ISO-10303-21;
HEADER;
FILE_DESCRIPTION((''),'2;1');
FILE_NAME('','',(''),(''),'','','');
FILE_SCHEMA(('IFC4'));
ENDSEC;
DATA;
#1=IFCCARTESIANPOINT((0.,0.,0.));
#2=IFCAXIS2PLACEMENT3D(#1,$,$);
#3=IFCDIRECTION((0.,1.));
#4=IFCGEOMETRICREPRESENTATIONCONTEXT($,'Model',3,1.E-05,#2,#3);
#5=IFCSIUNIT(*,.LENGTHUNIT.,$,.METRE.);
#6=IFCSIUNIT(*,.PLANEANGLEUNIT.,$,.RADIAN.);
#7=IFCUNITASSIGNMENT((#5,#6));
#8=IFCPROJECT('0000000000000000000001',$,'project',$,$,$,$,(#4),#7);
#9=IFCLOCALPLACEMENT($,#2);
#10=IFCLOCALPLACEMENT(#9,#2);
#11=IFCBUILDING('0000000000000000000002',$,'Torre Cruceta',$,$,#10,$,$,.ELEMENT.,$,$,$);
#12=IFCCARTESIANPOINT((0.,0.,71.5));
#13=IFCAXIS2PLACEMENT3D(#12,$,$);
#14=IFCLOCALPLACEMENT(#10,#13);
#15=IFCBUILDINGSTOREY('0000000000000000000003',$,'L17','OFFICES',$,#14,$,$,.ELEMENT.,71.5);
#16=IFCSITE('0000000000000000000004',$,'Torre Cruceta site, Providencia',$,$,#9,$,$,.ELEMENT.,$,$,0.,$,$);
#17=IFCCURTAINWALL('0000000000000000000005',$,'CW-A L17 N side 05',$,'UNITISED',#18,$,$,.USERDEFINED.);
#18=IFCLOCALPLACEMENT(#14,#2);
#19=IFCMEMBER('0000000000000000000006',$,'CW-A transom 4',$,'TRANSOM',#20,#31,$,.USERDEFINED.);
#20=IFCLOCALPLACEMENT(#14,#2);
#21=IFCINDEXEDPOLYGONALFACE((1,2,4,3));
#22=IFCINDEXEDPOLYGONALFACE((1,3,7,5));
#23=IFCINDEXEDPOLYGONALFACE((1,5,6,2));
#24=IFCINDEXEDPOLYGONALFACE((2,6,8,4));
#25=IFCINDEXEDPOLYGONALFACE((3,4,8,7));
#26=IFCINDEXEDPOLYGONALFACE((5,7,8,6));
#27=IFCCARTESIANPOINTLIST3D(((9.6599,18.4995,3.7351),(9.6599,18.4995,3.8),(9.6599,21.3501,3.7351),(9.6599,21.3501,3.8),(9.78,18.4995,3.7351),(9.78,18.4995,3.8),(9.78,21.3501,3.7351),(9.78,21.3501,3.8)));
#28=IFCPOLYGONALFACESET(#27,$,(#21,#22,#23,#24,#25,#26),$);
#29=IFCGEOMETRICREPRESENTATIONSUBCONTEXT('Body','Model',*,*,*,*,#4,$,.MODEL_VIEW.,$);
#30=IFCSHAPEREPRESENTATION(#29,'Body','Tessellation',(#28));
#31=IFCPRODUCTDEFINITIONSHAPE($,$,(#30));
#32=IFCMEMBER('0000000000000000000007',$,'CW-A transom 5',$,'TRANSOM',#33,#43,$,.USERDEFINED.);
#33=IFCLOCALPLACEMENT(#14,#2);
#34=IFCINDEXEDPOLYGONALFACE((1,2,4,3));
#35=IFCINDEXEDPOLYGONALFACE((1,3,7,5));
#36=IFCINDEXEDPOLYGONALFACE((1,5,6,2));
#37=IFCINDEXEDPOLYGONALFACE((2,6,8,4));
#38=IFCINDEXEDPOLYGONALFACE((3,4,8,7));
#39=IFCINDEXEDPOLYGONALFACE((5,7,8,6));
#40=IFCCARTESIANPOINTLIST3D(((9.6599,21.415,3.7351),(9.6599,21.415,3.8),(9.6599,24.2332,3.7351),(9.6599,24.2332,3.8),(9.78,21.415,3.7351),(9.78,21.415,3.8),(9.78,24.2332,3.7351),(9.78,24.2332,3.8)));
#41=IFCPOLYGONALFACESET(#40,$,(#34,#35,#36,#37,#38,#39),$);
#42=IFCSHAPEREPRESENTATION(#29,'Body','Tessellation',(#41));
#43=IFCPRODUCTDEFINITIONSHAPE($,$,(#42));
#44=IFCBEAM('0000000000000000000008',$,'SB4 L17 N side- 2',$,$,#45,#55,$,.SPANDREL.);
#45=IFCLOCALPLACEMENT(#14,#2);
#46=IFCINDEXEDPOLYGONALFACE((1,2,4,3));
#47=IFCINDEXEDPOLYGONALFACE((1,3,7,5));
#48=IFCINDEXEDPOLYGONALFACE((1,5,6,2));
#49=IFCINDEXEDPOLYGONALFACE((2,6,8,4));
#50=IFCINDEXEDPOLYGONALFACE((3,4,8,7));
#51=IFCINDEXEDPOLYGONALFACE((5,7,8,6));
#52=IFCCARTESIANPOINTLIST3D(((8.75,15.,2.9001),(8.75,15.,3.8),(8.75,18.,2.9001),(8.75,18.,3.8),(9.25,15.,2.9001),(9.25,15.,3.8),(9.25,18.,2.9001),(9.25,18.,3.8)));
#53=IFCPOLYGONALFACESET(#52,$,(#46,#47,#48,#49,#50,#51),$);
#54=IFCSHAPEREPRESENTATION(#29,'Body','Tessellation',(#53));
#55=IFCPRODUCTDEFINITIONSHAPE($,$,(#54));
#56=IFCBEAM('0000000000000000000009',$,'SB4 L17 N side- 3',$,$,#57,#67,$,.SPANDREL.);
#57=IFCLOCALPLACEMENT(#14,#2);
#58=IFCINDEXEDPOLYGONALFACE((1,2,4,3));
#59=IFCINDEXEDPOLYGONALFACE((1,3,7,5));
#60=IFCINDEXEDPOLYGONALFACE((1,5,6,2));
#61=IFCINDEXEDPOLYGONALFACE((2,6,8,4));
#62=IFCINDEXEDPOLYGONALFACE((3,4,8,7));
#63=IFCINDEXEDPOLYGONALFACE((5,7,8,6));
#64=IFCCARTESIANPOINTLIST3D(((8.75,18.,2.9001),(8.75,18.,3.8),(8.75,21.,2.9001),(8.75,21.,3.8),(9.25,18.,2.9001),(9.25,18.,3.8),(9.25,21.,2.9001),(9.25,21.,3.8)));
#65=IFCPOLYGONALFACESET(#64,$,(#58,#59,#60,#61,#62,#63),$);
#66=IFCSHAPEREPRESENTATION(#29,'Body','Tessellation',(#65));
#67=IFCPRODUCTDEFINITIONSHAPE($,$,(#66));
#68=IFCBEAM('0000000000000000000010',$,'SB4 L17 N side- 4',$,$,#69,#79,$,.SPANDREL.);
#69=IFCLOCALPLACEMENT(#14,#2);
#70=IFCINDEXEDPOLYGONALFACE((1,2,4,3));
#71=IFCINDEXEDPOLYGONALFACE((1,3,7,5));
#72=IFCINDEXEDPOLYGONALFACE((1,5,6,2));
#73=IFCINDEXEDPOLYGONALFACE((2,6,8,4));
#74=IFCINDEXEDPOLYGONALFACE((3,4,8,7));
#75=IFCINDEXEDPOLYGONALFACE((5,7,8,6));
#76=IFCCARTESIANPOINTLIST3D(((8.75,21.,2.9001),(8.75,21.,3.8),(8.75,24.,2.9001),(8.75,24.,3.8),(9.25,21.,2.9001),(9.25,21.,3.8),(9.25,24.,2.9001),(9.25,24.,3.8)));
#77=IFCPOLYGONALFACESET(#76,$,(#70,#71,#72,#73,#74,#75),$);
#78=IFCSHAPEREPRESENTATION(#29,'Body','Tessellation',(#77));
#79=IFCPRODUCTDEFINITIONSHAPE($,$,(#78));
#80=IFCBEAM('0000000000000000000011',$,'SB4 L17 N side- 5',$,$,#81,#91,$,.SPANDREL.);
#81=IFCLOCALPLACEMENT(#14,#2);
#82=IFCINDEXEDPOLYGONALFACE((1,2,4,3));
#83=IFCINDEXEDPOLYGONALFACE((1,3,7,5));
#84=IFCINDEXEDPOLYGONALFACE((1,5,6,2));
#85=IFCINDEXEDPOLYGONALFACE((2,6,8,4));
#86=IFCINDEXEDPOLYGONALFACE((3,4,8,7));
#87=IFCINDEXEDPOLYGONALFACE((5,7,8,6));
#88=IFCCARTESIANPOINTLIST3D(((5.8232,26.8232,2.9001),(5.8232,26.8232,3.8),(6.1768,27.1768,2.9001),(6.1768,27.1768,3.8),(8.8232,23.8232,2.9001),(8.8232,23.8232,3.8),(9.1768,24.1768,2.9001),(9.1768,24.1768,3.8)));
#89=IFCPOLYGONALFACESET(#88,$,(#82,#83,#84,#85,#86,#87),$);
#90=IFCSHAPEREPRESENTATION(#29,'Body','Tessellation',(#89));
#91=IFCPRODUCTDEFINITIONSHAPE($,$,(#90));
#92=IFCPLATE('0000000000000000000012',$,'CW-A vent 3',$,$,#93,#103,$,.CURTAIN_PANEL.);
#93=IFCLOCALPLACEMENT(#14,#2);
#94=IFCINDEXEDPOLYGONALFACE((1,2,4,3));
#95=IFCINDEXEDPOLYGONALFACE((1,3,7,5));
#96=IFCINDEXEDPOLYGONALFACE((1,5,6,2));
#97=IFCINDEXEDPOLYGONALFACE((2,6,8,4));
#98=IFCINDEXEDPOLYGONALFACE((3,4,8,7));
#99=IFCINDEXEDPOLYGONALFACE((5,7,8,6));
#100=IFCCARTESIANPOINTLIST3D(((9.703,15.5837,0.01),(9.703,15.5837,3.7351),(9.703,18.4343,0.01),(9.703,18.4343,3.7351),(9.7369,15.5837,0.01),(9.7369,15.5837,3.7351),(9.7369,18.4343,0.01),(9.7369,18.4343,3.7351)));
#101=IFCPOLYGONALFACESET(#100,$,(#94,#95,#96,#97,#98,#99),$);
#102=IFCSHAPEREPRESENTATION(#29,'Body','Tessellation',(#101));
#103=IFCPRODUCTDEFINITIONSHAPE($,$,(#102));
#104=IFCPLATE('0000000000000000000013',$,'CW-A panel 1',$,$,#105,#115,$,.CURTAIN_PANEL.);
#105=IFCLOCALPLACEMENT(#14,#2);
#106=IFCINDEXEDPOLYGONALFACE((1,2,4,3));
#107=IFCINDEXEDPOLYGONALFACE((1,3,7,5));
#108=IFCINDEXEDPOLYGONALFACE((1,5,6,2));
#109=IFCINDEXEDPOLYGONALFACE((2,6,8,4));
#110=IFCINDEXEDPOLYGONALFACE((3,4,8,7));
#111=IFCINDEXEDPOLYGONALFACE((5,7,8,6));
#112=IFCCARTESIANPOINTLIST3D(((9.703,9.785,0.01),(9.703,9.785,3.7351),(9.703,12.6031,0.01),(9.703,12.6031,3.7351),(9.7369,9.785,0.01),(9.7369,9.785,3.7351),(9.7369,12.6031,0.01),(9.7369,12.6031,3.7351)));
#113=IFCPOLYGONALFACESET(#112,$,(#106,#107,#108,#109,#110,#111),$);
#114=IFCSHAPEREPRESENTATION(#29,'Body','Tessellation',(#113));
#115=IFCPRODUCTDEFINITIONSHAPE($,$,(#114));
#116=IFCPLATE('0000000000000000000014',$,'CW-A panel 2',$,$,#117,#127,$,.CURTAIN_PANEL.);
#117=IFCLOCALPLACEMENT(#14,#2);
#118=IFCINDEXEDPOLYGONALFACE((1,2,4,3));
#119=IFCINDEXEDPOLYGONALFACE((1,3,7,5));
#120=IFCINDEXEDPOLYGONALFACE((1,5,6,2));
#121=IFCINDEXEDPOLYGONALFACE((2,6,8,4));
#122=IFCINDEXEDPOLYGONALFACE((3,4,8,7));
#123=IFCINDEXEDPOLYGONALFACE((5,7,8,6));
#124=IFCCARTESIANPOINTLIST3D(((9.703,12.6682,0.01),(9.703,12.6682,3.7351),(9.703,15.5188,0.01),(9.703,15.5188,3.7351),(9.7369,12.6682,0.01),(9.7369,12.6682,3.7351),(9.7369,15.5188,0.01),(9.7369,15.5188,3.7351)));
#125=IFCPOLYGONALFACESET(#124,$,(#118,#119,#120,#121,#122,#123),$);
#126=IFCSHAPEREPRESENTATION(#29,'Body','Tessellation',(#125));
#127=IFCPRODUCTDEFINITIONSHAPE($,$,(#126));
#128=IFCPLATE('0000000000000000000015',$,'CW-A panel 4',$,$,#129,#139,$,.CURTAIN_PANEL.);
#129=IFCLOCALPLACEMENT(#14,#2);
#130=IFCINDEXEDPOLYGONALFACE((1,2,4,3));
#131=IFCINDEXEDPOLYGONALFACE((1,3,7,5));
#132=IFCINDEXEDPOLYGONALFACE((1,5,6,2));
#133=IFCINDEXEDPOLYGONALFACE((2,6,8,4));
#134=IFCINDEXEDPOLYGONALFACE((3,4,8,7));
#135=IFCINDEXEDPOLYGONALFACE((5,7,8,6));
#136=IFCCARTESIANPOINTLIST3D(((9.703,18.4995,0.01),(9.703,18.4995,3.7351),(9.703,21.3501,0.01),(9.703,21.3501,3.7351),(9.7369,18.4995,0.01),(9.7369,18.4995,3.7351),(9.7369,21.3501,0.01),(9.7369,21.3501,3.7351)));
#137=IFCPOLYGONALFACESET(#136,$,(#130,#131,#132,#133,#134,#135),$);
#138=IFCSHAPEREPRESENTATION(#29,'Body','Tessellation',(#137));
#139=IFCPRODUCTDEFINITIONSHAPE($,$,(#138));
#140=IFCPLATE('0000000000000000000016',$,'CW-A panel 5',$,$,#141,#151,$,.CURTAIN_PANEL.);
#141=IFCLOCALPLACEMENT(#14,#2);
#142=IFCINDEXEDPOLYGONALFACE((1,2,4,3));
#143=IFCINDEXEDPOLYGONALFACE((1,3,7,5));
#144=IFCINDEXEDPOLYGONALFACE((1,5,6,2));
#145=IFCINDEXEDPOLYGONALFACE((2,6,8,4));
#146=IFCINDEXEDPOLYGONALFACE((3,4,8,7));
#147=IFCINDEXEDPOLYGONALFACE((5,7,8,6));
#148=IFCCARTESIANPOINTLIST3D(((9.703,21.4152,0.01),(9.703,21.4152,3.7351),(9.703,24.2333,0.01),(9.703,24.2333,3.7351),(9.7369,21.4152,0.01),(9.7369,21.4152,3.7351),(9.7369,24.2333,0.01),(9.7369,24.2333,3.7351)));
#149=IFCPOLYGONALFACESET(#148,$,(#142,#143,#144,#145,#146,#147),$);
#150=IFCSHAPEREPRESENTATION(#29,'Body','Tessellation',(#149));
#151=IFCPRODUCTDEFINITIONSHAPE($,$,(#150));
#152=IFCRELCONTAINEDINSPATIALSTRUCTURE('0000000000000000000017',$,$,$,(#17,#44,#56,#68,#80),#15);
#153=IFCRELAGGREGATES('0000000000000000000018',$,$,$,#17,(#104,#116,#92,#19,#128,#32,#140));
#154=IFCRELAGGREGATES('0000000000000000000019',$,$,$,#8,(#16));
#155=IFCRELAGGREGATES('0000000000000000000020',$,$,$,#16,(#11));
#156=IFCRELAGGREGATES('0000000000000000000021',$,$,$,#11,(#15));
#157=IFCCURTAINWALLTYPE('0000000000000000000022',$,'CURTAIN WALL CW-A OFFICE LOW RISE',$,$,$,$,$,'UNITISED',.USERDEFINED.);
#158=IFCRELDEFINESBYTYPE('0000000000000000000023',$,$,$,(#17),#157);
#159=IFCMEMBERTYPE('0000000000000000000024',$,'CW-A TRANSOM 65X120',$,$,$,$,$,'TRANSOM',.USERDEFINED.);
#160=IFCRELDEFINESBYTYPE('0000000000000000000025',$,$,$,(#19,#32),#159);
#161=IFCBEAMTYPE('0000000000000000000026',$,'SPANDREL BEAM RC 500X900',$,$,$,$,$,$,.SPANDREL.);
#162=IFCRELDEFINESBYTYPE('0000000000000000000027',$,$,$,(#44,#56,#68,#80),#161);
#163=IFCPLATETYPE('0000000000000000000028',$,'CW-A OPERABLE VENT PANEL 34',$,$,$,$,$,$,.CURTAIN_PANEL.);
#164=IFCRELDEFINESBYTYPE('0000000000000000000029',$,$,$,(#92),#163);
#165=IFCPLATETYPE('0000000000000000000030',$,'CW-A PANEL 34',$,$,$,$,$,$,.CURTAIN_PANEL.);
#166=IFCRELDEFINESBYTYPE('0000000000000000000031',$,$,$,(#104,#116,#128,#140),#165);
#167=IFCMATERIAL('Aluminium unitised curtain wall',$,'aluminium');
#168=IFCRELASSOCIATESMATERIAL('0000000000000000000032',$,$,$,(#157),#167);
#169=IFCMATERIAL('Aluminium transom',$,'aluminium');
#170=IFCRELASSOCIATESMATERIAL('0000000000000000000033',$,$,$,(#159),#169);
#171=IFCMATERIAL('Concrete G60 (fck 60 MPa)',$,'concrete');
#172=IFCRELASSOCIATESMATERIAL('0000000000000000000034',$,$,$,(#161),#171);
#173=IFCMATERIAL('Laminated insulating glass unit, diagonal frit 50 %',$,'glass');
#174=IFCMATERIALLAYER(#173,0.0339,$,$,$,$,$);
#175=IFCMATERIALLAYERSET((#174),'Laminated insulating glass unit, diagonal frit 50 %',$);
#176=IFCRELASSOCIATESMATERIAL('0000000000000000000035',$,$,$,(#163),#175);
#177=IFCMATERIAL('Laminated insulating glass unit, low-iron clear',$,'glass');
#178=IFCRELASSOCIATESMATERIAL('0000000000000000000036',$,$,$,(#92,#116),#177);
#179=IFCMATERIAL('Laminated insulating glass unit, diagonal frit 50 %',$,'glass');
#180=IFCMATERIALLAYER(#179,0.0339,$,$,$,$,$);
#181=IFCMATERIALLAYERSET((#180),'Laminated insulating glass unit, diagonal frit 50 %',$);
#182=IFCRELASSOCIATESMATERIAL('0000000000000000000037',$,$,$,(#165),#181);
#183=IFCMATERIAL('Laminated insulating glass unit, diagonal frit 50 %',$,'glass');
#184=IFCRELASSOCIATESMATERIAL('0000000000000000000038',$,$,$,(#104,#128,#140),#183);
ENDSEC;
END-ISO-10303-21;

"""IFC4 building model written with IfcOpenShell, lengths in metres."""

from ifc_helpers import new_model, si_unit, direction, frame, origin, origin_2d, place, context, subcontext, project, spatial, rectangle, extrude, material, layer, layer_set, material_profile, profile_set, type_object, element, aggregate, save


model = new_model("IFC4")

# Units and contexts
model_context = context("Model", 3, precision=1e-05, world=origin(), true_north=direction((0.0, 1.0)))
body_context = subcontext(model_context, "Body", "Model", "MODEL_VIEW")
ifc_project = project(units=[si_unit("LENGTHUNIT", "METRE"), si_unit("PLANEANGLEUNIT", "RADIAN")], contexts=[model_context])

# Site, building, storey
site_placement = place(None, origin())
site = spatial("IfcSite", under=ifc_project, at=site_placement, Name="Torre Cruceta site, Providencia", CompositionType="ELEMENT", RefElevation=0.0)
building_placement = place(site_placement, origin())
building = spatial("IfcBuilding", under=site, at=building_placement, Name="Torre Cruceta", CompositionType="ELEMENT")
storey_placement = place(building_placement, frame((0.0, 0.0, 71.5)))
storey = spatial("IfcBuildingStorey", under=building, at=storey_placement, Name="L17", Description="OFFICES", CompositionType="ELEMENT", Elevation=71.5)

# Shared definitions
ifc_material_1 = material(Name="Aluminium unitised curtain wall", Category="aluminium")
curtain_wall_type = type_object("IfcCurtainWallType", Name="CURTAIN WALL CW-A OFFICE LOW RISE", ElementType="UNITISED", PredefinedType="USERDEFINED", material=ifc_material_1)

# Curtain wall
curtain_wall_1_placement = place(storey_placement, origin())
curtain_wall_1 = element("IfcCurtainWall", 1, at=curtain_wall_1_placement, inside=storey, type_object=curtain_wall_type, Name="CW-A L17 N side 05", ObjectType="UNITISED", PredefinedType="USERDEFINED")

# Members
ifc_material_2 = material(Name="Aluminium transom", Category="aluminium")
ifc_material_profile_1 = material_profile(ifc_material_2, rectangle(XDim=0.1201, YDim=0.0649, at=origin_2d()), Name="AL 120X65")
ifc_profile_set_1 = profile_set([ifc_material_profile_1], Name="Aluminium transom")
member_type_1 = type_object("IfcMemberType", Name="CW-A TRANSOM 65X120", ElementType="TRANSOM", PredefinedType="USERDEFINED", material=ifc_profile_set_1)
member_1_placement = place(storey_placement, frame((9.72, 18.4995, 3.7676), z_axis=(0.0, 1.0, 0.0), x_axis=(-1.0, 0.0, 0.0)))
member_1 = element("IfcMember", 2, at=member_1_placement, type_object=member_type_1, Name="CW-A transom 4", ObjectType="TRANSOM", PredefinedType="USERDEFINED", context=body_context, shape_type="SweptSolid", body=[
    extrude(rectangle(XDim=0.1201, YDim=0.0649, at=origin_2d()), origin(), (0.0, 0.0, 1.0), 2.8506),
])
member_2_placement = place(storey_placement, frame((9.72, 21.415, 3.7676), z_axis=(0.0, 1.0, 0.0), x_axis=(-1.0, 0.0, 0.0)))
member_2 = element("IfcMember", 3, at=member_2_placement, type_object=member_type_1, Name="CW-A transom 5", ObjectType="TRANSOM", PredefinedType="USERDEFINED", context=body_context, shape_type="SweptSolid", body=[
    extrude(rectangle(XDim=0.1201, YDim=0.0649, at=origin_2d()), origin(), (0.0, 0.0, 1.0), 2.8181),
])

# Beams
ifc_material_3 = material(Name="Concrete G60 (fck 60 MPa)", Category="concrete")
ifc_material_profile_2 = material_profile(ifc_material_3, rectangle(XDim=0.5, YDim=0.8999, at=origin_2d()), Name="RC 500X900")
ifc_profile_set_2 = profile_set([ifc_material_profile_2], Name="Concrete G60 (fck 60 MPa)")
beam_type_1 = type_object("IfcBeamType", Name="SPANDREL BEAM RC 500X900", PredefinedType="SPANDREL", material=ifc_profile_set_2)
for number, where, z_axis, x_axis, name in (
    (4, (9.0, 15.0, 3.3501), (0.0, 1.0, 0.0), (-1.0, 0.0, 0.0), "SB4 L17 N side- 2"),
    (5, (9.0, 18.0, 3.3501), (0.0, 1.0, 0.0), (-1.0, 0.0, 0.0), "SB4 L17 N side- 3"),
    (6, (9.0, 21.0, 3.3501), (0.0, 1.0, 0.0), (-1.0, 0.0, 0.0), "SB4 L17 N side- 4"),
):
    element("IfcBeam", number, at=place(storey_placement, frame(where, z_axis=z_axis, x_axis=x_axis)), inside=storey, type_object=beam_type_1, Name=name, PredefinedType="SPANDREL", context=body_context, shape_type="SweptSolid", body=[
        extrude(rectangle(XDim=0.5, YDim=0.8999, at=origin_2d()), origin(), (0.0, 0.0, 1.0), 3.0),
    ])
beam_placement = place(storey_placement, frame((9.0, 24.0, 3.3501), z_axis=(-0.707107, 0.707107, 0.0), x_axis=(-0.707107, -0.707107, 0.0)))
element("IfcBeam", 7, at=beam_placement, inside=storey, type_object=beam_type_1, Name="SB4 L17 N side- 5", PredefinedType="SPANDREL", context=body_context, shape_type="SweptSolid", body=[
    extrude(rectangle(XDim=0.5, YDim=0.8999, at=origin_2d()), origin(), (0.0, 0.0, 1.0), 4.2427),
])

# Plates
ifc_material_4 = material(Name="Laminated insulating glass unit, low-iron clear", Category="glass")
ifc_material_5 = material(Name="Laminated insulating glass unit, diagonal frit 50 %", Category="glass")
ifc_layer_1 = layer(ifc_material_5, 0.0339)
ifc_layer_set_1 = layer_set([ifc_layer_1], Name="Laminated insulating glass unit, diagonal frit 50 %")
plate_type_1 = type_object("IfcPlateType", Name="CW-A OPERABLE VENT PANEL 34", PredefinedType="CURTAIN_PANEL", material=ifc_layer_set_1)
plate_1_placement = place(storey_placement, frame((9.72, 17.009, 0.01), z_axis=(0.0, 0.0, 1.0), x_axis=(0.0, 1.0, 0.0)))
plate_1 = element("IfcPlate", 8, at=plate_1_placement, type_object=plate_type_1, material=ifc_material_4, Name="CW-A vent 3", PredefinedType="CURTAIN_PANEL", context=body_context, shape_type="SweptSolid", body=[
    extrude(rectangle(XDim=2.8506, YDim=0.0339, at=origin_2d()), origin(), (0.0, 0.0, 1.0), 3.7251),
])
ifc_material_6 = material(Name="Laminated insulating glass unit, diagonal frit 50 %", Category="glass")
ifc_material_7 = material(Name="Laminated insulating glass unit, diagonal frit 50 %", Category="glass")
ifc_layer_2 = layer(ifc_material_7, 0.0339)
ifc_layer_set_2 = layer_set([ifc_layer_2], Name="Laminated insulating glass unit, diagonal frit 50 %")
plate_type_2 = type_object("IfcPlateType", Name="CW-A PANEL 34", PredefinedType="CURTAIN_PANEL", material=ifc_layer_set_2)
plate_2_placement = place(storey_placement, frame((9.72, 11.1941, 0.01), z_axis=(0.0, 0.0, 1.0), x_axis=(0.0, 1.0, 0.0)))
plate_2 = element("IfcPlate", 9, at=plate_2_placement, type_object=plate_type_2, material=ifc_material_6, Name="CW-A panel 1", PredefinedType="CURTAIN_PANEL", context=body_context, shape_type="SweptSolid", body=[
    extrude(rectangle(XDim=2.8181, YDim=0.0339, at=origin_2d()), origin(), (0.0, 0.0, 1.0), 3.7251),
])
plate_3_placement = place(storey_placement, frame((9.72, 14.0935, 0.01), z_axis=(0.0, 0.0, 1.0), x_axis=(0.0, 1.0, 0.0)))
plate_3 = element("IfcPlate", 10, at=plate_3_placement, type_object=plate_type_2, material=ifc_material_4, Name="CW-A panel 2", PredefinedType="CURTAIN_PANEL", context=body_context, shape_type="SweptSolid", body=[
    extrude(rectangle(XDim=2.8506, YDim=0.0339, at=origin_2d()), origin(), (0.0, 0.0, 1.0), 3.7251),
])
plate_4_placement = place(storey_placement, frame((9.72, 19.9248, 0.01), z_axis=(0.0, 0.0, 1.0), x_axis=(0.0, 1.0, 0.0)))
plate_4 = element("IfcPlate", 11, at=plate_4_placement, type_object=plate_type_2, material=ifc_material_6, Name="CW-A panel 4", PredefinedType="CURTAIN_PANEL", context=body_context, shape_type="SweptSolid", body=[
    extrude(rectangle(XDim=2.8506, YDim=0.0339, at=origin_2d()), origin(), (0.0, 0.0, 1.0), 3.7251),
])
plate_5_placement = place(storey_placement, frame((9.72, 22.8242, 0.01), z_axis=(0.0, 0.0, 1.0), x_axis=(0.0, 1.0, 0.0)))
plate_5 = element("IfcPlate", 12, at=plate_5_placement, type_object=plate_type_2, material=ifc_material_6, Name="CW-A panel 5", PredefinedType="CURTAIN_PANEL", context=body_context, shape_type="SweptSolid", body=[
    extrude(rectangle(XDim=2.8181, YDim=0.0339, at=origin_2d()), origin(), (0.0, 0.0, 1.0), 3.7251),
])
aggregate(curtain_wall_1, [plate_2, plate_3, plate_1, member_1, plate_4, member_2, plate_5])

save(model, "model.ifc")
